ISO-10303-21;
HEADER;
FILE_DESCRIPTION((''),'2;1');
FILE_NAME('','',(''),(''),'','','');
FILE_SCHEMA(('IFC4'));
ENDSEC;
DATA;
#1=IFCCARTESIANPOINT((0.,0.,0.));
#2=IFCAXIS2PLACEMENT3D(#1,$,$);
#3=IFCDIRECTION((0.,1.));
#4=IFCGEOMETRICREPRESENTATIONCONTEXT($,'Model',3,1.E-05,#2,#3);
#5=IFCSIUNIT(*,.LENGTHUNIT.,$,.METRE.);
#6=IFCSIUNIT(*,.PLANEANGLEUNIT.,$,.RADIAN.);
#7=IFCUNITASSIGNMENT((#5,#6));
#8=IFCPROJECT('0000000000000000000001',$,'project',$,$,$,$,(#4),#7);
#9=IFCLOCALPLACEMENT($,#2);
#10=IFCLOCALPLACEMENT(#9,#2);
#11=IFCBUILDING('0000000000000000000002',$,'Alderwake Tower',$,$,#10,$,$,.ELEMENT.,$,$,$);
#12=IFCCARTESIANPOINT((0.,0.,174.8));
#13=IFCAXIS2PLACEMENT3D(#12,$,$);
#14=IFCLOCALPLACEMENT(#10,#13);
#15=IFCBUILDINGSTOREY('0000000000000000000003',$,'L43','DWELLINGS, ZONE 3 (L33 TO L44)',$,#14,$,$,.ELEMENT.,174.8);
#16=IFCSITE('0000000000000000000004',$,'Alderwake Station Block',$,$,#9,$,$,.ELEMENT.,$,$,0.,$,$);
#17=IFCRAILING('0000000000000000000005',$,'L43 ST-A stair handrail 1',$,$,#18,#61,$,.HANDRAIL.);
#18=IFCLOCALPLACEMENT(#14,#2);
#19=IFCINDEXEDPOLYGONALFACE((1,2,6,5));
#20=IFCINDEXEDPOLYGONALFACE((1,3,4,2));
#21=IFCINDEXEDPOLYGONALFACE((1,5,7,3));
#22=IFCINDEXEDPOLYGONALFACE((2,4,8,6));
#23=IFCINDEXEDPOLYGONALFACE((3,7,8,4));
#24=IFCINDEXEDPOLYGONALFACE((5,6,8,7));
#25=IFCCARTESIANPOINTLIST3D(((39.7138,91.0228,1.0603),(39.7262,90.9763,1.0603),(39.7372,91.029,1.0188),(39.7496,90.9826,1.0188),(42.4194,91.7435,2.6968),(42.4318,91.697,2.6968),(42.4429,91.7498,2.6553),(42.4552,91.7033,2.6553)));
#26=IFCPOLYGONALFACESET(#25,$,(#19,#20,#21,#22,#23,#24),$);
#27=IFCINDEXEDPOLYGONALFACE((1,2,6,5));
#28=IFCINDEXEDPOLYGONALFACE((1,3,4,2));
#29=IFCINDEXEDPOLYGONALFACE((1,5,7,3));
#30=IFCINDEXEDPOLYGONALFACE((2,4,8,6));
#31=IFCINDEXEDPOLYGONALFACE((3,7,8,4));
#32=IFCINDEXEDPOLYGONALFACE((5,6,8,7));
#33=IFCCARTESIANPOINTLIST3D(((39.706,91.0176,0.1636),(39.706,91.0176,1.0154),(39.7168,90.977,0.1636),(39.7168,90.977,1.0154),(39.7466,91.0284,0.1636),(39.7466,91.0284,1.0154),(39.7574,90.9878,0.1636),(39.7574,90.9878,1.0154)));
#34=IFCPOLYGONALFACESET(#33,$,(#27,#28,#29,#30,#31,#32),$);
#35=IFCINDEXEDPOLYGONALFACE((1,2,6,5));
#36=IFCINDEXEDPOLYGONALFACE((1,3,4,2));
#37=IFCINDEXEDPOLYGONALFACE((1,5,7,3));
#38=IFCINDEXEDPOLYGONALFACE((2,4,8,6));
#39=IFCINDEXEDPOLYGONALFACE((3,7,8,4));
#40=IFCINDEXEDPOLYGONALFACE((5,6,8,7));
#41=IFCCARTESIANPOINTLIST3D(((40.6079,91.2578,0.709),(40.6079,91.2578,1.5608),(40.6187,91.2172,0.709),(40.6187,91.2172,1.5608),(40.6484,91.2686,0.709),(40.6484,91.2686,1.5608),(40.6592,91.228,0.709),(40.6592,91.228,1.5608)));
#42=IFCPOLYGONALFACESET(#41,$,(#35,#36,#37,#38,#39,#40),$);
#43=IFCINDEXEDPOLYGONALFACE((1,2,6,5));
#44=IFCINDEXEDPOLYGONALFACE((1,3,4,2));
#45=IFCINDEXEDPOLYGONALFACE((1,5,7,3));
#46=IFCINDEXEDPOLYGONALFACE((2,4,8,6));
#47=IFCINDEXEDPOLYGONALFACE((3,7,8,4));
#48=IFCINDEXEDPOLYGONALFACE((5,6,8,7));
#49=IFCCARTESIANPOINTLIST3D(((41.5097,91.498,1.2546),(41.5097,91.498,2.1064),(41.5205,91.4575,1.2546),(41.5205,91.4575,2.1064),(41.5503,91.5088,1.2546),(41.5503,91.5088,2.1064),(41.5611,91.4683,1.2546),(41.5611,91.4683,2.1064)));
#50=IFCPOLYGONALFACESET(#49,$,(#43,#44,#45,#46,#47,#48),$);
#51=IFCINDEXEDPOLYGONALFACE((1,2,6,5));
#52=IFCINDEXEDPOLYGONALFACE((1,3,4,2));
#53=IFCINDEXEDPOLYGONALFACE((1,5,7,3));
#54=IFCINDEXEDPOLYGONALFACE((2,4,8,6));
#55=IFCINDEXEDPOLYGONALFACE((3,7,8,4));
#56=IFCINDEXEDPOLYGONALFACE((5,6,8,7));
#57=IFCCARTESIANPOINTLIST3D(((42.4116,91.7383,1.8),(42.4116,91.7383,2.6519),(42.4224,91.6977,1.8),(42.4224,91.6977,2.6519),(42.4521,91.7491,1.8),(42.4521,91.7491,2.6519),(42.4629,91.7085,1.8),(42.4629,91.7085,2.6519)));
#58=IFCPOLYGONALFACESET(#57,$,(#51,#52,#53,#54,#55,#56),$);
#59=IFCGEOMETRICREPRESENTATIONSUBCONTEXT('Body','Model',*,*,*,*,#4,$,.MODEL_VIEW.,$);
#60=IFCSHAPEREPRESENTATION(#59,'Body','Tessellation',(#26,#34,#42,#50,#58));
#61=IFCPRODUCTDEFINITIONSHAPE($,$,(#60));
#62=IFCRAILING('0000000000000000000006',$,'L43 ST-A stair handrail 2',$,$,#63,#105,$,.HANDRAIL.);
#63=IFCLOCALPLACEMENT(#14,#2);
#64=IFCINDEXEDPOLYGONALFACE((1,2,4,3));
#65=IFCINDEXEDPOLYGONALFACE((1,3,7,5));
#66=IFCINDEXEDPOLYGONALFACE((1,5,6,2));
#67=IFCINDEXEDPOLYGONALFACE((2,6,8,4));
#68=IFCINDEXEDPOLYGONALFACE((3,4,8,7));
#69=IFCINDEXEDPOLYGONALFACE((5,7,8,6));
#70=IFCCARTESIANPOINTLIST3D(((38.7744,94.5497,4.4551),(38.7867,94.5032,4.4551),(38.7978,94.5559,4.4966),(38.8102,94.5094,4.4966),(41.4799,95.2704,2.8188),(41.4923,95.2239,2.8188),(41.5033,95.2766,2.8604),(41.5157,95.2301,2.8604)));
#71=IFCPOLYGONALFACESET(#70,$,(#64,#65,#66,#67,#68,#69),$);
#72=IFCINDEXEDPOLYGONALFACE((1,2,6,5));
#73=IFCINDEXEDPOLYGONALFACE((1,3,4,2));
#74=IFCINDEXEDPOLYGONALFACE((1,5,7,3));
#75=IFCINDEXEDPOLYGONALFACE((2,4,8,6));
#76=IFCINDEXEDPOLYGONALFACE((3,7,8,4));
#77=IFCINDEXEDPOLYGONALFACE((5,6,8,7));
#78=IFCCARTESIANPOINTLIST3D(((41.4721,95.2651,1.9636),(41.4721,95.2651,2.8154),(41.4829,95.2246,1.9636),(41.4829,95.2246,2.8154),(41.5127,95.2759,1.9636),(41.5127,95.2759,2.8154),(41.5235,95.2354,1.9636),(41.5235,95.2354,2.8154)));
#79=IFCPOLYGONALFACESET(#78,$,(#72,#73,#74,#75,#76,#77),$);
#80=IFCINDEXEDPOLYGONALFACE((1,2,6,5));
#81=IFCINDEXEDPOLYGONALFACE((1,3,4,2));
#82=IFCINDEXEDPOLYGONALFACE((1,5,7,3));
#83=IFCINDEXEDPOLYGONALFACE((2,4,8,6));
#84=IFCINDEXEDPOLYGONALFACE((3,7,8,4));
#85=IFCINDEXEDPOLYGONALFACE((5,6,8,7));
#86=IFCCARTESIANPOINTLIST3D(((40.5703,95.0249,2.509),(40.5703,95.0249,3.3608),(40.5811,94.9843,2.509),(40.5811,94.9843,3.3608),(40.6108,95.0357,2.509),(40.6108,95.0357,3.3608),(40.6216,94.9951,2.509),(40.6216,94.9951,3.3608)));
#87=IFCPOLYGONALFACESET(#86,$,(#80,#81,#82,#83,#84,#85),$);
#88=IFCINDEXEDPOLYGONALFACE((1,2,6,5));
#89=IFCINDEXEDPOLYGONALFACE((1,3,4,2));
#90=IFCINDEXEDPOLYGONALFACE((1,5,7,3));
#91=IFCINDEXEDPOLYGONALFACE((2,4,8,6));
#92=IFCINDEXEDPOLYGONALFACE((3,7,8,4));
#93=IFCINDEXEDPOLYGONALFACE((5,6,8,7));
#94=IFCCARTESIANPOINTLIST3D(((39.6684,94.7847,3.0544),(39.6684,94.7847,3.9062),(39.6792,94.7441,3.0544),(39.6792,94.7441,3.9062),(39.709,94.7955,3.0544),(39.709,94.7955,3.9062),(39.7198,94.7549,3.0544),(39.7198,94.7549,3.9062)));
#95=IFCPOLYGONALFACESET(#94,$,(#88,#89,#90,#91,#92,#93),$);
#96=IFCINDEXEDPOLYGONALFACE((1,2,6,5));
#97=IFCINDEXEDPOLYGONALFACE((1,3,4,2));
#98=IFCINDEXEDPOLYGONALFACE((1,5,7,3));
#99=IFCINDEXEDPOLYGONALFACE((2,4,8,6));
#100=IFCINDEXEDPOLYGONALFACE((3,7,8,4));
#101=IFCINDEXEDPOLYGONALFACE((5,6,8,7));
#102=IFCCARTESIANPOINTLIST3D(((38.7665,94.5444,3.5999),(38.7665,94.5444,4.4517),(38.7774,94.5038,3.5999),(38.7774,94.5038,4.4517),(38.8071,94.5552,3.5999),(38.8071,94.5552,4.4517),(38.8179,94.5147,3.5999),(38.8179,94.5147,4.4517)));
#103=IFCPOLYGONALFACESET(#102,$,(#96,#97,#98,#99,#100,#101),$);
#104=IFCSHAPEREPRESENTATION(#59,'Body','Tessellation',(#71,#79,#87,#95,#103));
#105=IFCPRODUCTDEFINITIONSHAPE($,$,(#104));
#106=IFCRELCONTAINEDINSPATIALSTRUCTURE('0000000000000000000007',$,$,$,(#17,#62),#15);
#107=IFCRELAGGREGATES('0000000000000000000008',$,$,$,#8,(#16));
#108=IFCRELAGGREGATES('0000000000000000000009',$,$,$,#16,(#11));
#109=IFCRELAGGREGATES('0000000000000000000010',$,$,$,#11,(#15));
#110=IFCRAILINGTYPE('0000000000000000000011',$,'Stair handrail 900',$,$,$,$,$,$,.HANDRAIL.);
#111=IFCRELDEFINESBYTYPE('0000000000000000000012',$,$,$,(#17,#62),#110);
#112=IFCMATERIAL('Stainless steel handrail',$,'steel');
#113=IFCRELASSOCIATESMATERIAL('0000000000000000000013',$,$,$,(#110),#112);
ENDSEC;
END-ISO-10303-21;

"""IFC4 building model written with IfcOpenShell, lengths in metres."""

from ifc_helpers import new_model, si_unit, direction, frame, origin, origin_2d, place, context, subcontext, project, spatial, rectangle, extrude, material, type_object, element, save


model = new_model("IFC4")

# Units and contexts
model_context = context("Model", 3, precision=1e-05, world=origin(), true_north=direction((0.0, 1.0)))
body_context = subcontext(model_context, "Body", "Model", "MODEL_VIEW")
ifc_project = project(units=[si_unit("LENGTHUNIT", "METRE"), si_unit("PLANEANGLEUNIT", "RADIAN")], contexts=[model_context])

# Site, building, storey
site_placement = place(None, origin())
site = spatial("IfcSite", under=ifc_project, at=site_placement, Name="Alderwake Station Block", CompositionType="ELEMENT", RefElevation=0.0)
building_placement = place(site_placement, origin())
building = spatial("IfcBuilding", under=site, at=building_placement, Name="Alderwake Tower", CompositionType="ELEMENT")
storey_placement = place(building_placement, frame((0.0, 0.0, 174.8)))
storey = spatial("IfcBuildingStorey", under=building, at=storey_placement, Name="L43", Description="DWELLINGS, ZONE 3 (L33 TO L44)", CompositionType="ELEMENT", Elevation=174.8)

# Railings
ifc_material_1 = material(Name="Stainless steel handrail", Category="steel")
railing_type_1 = type_object("IfcRailingType", Name="Stair handrail 900", PredefinedType="HANDRAIL", material=ifc_material_1)
railing_1_placement = place(storey_placement, frame((39.7317, 91.0027, 0.1636)))
element("IfcRailing", 1, at=railing_1_placement, inside=storey, type_object=railing_type_1, Name="L43 ST-A stair handrail 1", PredefinedType="HANDRAIL", context=body_context, shape_type="SweptSolid", body=[
    extrude(rectangle(XDim=0.0481, YDim=0.0481, at=origin_2d()), frame((0.0, 0.0, 0.876), z_axis=(0.834259, 0.222228, 0.504605), x_axis=(-0.257402, 0.966304, 0.0)), (0.0, 0.0, 1.0), 3.2432),
    extrude(rectangle(XDim=0.042, YDim=0.042, at=origin_2d()), frame((0.0, 0.0, 0.0), z_axis=(0.0, 0.0, 1.0), x_axis=(0.966304, 0.257402, 0.0)), (0.0, 0.0, 1.0), 0.8518),
    extrude(rectangle(XDim=0.042, YDim=0.042, at=origin_2d()), frame((0.9019, 0.2402, 0.5454), z_axis=(0.0, 0.0, 1.0), x_axis=(0.966304, 0.257402, 0.0)), (0.0, 0.0, 1.0), 0.8518),
    extrude(rectangle(XDim=0.042, YDim=0.042, at=origin_2d()), frame((1.8037, 0.4805, 1.0911), z_axis=(0.0, 0.0, 1.0), x_axis=(0.966304, 0.257402, 0.0)), (0.0, 0.0, 1.0), 0.8518),
    extrude(rectangle(XDim=0.042, YDim=0.042, at=origin_2d()), frame((2.7056, 0.7207, 1.6365), z_axis=(0.0, 0.0, 1.0), x_axis=(0.966304, 0.257402, 0.0)), (0.0, 0.0, 1.0), 0.8518),
])
railing_2_placement = place(storey_placement, frame((41.4978, 95.2502, 1.9636)))
element("IfcRailing", 2, at=railing_2_placement, inside=storey, type_object=railing_type_1, Name="L43 ST-A stair handrail 2", PredefinedType="HANDRAIL", context=body_context, shape_type="SweptSolid", body=[
    extrude(rectangle(XDim=0.0481, YDim=0.0481, at=origin_2d()), frame((0.0, 0.0, 0.876), z_axis=(-0.834291, -0.222237, 0.504549), x_axis=(0.257402, -0.966304, 0.0)), (0.0, 0.0, 1.0), 3.2429),
    extrude(rectangle(XDim=0.042, YDim=0.042, at=origin_2d()), frame((0.0, 0.0, 0.0), z_axis=(0.0, 0.0, 1.0), x_axis=(-0.966304, -0.257402, 0.0)), (0.0, 0.0, 1.0), 0.8518),
    extrude(rectangle(XDim=0.042, YDim=0.042, at=origin_2d()), frame((-0.9019, -0.2402, 0.5454), z_axis=(0.0, 0.0, 1.0), x_axis=(-0.966304, -0.257402, 0.0)), (0.0, 0.0, 1.0), 0.8518),
    extrude(rectangle(XDim=0.042, YDim=0.042, at=origin_2d()), frame((-1.8037, -0.4805, 1.0908), z_axis=(0.0, 0.0, 1.0), x_axis=(-0.966304, -0.257402, 0.0)), (0.0, 0.0, 1.0), 0.8518),
    extrude(rectangle(XDim=0.042, YDim=0.042, at=origin_2d()), frame((-2.7056, -0.7207, 1.6362), z_axis=(0.0, 0.0, 1.0), x_axis=(-0.966304, -0.257402, 0.0)), (0.0, 0.0, 1.0), 0.8518),
])

save(model, "model.ifc")
